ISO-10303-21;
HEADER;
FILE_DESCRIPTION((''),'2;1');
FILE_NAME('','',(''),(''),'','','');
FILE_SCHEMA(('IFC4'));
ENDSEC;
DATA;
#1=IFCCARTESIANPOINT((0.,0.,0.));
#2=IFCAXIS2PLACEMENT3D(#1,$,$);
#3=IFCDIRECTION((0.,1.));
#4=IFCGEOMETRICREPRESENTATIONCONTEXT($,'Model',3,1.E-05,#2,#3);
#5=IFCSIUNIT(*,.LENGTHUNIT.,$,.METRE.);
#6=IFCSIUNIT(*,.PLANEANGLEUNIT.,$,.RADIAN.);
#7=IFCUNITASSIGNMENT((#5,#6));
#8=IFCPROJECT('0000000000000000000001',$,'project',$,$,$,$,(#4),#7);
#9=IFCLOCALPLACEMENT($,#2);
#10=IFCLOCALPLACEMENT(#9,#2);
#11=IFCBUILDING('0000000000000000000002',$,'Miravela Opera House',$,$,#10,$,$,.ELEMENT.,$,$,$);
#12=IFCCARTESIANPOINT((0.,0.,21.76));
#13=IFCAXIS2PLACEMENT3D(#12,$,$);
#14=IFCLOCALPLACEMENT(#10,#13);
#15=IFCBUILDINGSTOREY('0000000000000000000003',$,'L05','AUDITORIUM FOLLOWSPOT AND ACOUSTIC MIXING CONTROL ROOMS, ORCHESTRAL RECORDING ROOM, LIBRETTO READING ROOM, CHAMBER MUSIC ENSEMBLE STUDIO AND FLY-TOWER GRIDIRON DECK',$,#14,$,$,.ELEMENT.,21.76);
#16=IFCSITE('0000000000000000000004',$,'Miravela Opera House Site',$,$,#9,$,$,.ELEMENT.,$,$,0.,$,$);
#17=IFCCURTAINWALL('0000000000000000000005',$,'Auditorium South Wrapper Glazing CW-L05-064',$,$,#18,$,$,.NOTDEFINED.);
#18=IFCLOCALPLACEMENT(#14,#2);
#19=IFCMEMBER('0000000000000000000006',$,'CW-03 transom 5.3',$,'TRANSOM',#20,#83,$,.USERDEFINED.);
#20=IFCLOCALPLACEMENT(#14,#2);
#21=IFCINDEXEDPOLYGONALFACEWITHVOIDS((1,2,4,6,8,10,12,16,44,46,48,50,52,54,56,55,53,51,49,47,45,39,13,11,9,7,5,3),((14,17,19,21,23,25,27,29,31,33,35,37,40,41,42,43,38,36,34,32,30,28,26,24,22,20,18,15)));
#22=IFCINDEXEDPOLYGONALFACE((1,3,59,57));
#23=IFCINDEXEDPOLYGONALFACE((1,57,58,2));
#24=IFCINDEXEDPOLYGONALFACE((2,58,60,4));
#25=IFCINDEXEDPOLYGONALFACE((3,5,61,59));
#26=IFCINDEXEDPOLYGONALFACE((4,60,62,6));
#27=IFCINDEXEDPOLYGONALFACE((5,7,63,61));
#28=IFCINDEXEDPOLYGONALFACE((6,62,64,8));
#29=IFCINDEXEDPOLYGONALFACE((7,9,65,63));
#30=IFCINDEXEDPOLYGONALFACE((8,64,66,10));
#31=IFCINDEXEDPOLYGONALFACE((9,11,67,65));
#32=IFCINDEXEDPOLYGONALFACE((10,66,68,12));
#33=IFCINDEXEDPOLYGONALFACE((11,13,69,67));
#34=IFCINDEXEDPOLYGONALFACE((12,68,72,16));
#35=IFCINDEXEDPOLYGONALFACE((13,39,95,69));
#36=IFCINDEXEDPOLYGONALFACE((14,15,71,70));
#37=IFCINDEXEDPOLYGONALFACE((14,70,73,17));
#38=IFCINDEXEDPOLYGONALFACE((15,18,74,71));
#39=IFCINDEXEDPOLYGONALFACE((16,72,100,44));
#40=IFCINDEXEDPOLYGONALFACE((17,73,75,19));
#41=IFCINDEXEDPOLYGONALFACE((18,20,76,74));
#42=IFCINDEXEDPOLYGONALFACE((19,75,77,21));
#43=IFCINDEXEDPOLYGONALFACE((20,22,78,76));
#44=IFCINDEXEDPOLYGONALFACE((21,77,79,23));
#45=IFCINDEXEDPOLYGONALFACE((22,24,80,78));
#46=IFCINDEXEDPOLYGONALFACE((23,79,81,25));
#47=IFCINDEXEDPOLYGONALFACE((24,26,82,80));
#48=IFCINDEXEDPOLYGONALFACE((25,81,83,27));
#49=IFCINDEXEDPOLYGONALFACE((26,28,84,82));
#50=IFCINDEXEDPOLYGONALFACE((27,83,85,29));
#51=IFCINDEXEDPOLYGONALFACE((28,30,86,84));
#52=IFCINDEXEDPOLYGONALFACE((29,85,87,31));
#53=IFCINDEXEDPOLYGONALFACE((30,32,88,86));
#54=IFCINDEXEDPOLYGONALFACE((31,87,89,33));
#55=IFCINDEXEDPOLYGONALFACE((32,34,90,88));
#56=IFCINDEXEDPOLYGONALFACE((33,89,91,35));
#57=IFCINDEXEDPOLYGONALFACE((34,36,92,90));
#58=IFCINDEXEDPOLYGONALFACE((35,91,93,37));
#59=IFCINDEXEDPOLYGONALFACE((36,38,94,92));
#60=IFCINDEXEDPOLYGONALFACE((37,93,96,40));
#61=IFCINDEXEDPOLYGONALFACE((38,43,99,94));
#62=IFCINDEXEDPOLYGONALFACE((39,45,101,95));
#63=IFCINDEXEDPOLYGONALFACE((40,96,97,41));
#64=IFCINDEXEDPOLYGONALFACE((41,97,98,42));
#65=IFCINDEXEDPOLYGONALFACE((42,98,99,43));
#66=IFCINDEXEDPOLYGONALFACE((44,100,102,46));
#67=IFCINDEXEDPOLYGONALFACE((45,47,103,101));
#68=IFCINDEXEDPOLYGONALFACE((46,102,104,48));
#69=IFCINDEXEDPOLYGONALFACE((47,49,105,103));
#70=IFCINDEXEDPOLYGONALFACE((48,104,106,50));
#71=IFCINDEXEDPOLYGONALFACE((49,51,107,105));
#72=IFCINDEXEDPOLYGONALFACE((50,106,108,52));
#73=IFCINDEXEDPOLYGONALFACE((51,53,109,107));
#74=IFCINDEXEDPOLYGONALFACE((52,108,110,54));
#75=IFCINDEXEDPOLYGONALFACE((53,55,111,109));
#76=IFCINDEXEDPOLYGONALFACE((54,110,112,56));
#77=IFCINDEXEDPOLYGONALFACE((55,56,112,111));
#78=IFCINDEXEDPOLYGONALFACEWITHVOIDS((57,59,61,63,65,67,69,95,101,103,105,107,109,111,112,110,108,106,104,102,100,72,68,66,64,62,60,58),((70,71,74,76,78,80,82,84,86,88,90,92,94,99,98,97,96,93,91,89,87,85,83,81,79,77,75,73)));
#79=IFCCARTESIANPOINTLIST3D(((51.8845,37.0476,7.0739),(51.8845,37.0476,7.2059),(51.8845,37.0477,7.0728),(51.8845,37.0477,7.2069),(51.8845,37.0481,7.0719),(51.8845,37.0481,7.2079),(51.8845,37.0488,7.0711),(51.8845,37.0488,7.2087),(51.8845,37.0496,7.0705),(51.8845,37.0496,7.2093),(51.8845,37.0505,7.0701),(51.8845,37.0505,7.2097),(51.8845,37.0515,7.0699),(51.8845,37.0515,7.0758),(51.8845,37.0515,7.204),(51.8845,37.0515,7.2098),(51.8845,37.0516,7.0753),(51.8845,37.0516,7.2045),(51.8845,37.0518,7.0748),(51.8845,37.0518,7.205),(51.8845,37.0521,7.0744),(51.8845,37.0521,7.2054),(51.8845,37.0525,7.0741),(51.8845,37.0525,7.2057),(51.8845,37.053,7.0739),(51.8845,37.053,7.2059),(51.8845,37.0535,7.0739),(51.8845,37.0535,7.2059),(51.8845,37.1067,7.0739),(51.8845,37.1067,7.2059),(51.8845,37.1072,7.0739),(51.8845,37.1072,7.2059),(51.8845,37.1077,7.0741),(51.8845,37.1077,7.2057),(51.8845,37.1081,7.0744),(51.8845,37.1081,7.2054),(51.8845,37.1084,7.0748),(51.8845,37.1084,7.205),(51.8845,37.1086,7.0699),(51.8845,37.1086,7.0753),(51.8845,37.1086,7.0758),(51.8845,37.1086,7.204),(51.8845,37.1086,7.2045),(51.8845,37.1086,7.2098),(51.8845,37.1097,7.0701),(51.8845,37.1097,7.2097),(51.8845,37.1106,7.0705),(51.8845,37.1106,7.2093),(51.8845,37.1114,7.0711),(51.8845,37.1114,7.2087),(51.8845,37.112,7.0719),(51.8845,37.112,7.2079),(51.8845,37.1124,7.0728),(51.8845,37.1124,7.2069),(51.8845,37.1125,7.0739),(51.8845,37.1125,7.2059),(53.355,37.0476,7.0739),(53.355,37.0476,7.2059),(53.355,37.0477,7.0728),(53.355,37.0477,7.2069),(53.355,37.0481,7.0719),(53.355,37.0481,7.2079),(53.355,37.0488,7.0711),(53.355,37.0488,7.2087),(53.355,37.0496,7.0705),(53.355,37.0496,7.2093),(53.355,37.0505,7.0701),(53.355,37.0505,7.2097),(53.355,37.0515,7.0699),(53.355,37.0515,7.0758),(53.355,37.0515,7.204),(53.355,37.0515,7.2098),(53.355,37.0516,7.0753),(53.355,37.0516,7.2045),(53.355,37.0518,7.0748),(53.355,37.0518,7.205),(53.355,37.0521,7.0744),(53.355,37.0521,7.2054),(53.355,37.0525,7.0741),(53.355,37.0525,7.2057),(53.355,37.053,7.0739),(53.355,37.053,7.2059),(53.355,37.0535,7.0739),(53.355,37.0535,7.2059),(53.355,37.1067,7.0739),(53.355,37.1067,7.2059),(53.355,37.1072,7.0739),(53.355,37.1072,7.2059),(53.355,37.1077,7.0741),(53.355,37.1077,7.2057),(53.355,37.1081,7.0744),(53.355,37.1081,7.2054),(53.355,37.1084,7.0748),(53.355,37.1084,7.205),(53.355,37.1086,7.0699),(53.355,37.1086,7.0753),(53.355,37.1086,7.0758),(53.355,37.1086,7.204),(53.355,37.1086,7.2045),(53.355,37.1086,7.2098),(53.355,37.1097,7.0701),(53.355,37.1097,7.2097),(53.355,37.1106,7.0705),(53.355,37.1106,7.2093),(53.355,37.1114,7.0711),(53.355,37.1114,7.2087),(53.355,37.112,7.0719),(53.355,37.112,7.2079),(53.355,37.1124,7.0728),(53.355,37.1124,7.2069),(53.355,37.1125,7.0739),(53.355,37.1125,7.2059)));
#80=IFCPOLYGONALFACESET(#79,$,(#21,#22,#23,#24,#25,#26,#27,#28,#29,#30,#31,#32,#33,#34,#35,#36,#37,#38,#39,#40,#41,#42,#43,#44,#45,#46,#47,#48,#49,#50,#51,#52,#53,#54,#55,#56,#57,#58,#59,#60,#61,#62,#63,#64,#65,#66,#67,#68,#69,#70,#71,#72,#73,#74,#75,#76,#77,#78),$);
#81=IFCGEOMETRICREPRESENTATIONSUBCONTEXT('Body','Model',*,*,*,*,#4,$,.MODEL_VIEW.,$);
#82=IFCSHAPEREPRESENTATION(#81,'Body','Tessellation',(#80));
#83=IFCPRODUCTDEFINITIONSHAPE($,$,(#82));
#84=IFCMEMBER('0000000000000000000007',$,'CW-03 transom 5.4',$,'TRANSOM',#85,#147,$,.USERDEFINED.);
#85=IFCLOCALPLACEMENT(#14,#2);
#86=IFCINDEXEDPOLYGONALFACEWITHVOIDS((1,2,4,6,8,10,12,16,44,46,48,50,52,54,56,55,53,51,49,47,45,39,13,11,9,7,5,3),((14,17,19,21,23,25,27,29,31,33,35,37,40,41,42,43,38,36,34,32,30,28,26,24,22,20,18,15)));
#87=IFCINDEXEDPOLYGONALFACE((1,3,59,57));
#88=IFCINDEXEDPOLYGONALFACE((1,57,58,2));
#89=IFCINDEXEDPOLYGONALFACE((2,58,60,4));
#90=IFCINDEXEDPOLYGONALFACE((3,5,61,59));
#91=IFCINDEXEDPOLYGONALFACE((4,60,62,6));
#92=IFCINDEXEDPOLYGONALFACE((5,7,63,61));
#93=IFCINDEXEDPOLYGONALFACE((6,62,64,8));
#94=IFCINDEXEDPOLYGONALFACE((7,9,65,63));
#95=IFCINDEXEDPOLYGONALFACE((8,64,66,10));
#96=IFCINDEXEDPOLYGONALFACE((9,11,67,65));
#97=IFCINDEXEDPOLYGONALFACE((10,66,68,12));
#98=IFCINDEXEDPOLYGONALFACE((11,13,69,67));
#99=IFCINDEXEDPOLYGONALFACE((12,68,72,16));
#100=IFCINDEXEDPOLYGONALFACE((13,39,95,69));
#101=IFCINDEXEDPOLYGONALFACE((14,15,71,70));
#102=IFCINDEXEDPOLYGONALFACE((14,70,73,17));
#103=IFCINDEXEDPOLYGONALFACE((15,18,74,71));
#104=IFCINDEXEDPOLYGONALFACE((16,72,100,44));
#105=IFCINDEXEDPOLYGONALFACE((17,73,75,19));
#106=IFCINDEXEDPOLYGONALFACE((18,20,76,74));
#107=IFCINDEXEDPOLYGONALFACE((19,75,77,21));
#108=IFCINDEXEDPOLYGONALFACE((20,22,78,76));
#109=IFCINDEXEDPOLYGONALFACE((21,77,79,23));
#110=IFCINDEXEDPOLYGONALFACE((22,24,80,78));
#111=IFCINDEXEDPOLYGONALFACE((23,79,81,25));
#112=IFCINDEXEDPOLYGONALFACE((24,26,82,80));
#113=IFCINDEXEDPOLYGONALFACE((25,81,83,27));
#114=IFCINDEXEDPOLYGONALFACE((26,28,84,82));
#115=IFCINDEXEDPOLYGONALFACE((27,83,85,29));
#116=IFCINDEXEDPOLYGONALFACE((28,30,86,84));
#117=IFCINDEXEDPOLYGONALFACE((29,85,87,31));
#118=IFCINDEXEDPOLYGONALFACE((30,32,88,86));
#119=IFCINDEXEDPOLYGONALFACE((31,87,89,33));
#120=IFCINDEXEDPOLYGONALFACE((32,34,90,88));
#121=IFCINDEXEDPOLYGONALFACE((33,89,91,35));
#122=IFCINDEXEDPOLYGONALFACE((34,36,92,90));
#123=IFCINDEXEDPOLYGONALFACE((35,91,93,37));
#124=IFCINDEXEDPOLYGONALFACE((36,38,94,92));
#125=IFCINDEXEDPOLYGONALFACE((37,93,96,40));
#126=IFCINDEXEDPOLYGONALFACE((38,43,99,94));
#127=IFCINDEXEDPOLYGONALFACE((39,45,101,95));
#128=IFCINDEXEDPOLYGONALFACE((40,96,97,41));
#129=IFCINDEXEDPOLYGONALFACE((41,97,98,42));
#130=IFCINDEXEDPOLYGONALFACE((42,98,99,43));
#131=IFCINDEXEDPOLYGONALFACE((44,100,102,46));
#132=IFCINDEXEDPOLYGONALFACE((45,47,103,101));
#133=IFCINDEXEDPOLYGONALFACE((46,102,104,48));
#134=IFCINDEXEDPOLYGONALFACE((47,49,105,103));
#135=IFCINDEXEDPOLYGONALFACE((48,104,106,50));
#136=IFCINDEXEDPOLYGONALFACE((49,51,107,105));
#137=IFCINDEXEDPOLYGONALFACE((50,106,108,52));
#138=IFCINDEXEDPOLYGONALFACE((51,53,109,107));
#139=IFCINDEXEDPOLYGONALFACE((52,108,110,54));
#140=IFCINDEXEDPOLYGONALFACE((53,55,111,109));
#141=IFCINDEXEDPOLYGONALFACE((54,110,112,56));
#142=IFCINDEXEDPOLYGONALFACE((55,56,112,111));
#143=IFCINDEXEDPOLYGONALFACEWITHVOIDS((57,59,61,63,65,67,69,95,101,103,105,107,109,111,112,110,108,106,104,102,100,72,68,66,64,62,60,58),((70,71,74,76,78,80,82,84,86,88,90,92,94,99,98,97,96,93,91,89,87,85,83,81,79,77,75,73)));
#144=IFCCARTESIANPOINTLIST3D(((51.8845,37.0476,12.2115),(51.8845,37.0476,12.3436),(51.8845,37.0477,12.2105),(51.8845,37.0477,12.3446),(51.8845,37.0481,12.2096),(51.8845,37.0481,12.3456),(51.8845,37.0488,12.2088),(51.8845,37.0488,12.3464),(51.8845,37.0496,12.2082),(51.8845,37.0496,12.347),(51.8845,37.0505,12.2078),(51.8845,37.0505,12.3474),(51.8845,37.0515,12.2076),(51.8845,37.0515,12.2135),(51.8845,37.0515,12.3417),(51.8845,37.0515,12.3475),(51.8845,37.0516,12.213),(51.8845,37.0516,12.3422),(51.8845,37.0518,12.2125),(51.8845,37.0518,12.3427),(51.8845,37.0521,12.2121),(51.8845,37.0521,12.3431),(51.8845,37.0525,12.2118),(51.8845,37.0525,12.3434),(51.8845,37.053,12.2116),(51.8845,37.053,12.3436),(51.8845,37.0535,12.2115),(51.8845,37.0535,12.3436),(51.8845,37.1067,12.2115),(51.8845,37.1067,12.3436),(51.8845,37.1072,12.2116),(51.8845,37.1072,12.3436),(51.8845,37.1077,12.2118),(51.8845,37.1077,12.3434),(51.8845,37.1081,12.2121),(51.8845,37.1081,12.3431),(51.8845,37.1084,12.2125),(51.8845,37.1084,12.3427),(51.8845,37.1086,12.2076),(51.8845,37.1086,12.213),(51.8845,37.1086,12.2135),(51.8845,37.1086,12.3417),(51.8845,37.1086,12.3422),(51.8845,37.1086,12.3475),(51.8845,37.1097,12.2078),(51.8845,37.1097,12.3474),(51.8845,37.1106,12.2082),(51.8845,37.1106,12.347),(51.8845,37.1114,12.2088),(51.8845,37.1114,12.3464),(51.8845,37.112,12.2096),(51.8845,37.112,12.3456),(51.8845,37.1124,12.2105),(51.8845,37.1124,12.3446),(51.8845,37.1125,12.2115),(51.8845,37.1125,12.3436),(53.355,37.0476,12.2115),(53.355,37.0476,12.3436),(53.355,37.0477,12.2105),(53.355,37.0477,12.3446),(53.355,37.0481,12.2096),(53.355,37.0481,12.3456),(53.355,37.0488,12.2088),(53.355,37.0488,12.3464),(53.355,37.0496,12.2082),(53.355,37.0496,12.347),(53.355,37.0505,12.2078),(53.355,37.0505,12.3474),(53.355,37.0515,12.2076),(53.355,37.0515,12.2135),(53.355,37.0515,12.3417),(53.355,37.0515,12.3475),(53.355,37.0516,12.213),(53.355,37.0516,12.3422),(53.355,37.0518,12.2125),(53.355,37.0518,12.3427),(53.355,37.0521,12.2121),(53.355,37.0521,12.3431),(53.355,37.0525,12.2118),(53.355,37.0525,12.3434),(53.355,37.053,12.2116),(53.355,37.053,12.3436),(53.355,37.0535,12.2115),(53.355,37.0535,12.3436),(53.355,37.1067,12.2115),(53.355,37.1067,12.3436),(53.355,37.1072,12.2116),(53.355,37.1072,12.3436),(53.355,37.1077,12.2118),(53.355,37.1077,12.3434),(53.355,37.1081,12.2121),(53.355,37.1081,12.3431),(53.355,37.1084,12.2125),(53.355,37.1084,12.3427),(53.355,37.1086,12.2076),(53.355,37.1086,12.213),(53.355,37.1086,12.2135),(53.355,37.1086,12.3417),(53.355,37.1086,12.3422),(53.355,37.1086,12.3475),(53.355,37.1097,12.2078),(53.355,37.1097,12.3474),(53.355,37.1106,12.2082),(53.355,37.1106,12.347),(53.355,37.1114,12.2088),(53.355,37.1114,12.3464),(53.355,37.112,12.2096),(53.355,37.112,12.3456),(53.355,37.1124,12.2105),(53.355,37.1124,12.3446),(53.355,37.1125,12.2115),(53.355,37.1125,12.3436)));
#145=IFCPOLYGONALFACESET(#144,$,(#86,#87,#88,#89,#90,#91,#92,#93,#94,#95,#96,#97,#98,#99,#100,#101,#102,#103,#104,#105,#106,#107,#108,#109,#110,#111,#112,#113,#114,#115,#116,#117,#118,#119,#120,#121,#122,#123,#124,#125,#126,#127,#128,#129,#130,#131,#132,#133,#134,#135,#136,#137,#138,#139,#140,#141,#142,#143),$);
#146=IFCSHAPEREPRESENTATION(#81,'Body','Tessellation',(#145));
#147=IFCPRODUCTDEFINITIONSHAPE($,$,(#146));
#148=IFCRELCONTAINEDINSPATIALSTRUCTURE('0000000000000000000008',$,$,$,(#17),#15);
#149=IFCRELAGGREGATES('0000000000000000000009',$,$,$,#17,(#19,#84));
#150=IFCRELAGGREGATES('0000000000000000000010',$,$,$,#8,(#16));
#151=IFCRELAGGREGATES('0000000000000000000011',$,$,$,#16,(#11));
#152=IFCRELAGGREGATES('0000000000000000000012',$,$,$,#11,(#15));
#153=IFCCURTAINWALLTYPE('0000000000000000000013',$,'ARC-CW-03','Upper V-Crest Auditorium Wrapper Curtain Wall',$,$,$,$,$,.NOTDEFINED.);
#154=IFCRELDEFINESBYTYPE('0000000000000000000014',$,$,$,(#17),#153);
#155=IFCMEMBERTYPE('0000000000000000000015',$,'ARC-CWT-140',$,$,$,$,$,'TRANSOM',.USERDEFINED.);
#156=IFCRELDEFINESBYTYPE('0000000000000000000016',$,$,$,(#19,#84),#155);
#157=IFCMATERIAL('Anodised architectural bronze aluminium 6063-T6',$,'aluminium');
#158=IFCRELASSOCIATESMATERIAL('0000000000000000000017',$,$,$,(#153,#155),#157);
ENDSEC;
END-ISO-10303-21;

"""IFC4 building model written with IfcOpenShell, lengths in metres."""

from ifc_helpers import new_model, si_unit, direction, frame, origin, origin_2d, place, context, subcontext, project, spatial, hollow_rectangle, extrude, material, material_profile, profile_set, type_object, element, aggregate, save


model = new_model("IFC4")

# Units and contexts
model_context = context("Model", 3, precision=1e-05, world=origin(), true_north=direction((0.0, 1.0)))
body_context = subcontext(model_context, "Body", "Model", "MODEL_VIEW")
ifc_project = project(units=[si_unit("LENGTHUNIT", "METRE"), si_unit("PLANEANGLEUNIT", "RADIAN")], contexts=[model_context])

# Site, building, storey
site_placement = place(None, origin())
site = spatial("IfcSite", under=ifc_project, at=site_placement, Name="Miravela Opera House Site", CompositionType="ELEMENT", RefElevation=0.0)
building_placement = place(site_placement, origin())
building = spatial("IfcBuilding", under=site, at=building_placement, Name="Miravela Opera House", CompositionType="ELEMENT")
storey_placement = place(building_placement, frame((0.0, 0.0, 21.76)))
storey = spatial("IfcBuildingStorey", under=building, at=storey_placement, Name="L05", Description="AUDITORIUM FOLLOWSPOT AND ACOUSTIC MIXING CONTROL ROOMS, ORCHESTRAL RECORDING ROOM, LIBRETTO READING ROOM, CHAMBER MUSIC ENSEMBLE STUDIO AND FLY-TOWER GRIDIRON DECK", CompositionType="ELEMENT", Elevation=21.76)

# Curtain wall, members
ifc_material_1 = material(Name="Anodised architectural bronze aluminium 6063-T6", Category="aluminium")
curtain_wall_type = type_object("IfcCurtainWallType", Name="ARC-CW-03", Description="Upper V-Crest Auditorium Wrapper Curtain Wall", PredefinedType="NOTDEFINED", material=ifc_material_1)
curtain_wall_1_placement = place(storey_placement, origin())
curtain_wall_1 = element("IfcCurtainWall", 1, at=curtain_wall_1_placement, inside=storey, type_object=curtain_wall_type, Name="Auditorium South Wrapper Glazing CW-L05-064", PredefinedType="NOTDEFINED")
ifc_material_profile_1 = material_profile(ifc_material_1, hollow_rectangle(XDim=0.0649, YDim=0.1399, WallThickness=0.0039, InnerFilletRadius=0.002, OuterFilletRadius=0.0039, at=origin_2d()), Name="CWT-65X140")
ifc_profile_set_1 = profile_set([ifc_material_profile_1])
member_type_1 = type_object("IfcMemberType", Name="ARC-CWT-140", ElementType="TRANSOM", PredefinedType="USERDEFINED", material=ifc_profile_set_1)
member_1_placement = place(storey_placement, frame((51.8845, 37.0801, 7.1399), z_axis=(1.0, 0.0, 0.0), x_axis=(0.0, 1.0, 0.0)))
member_1 = element("IfcMember", 2, at=member_1_placement, type_object=member_type_1, Name="CW-03 transom 5.3", ObjectType="TRANSOM", PredefinedType="USERDEFINED", context=body_context, shape_type="SweptSolid", body=[
    extrude(hollow_rectangle(XDim=0.0649, YDim=0.1399, WallThickness=0.0039, InnerFilletRadius=0.002, OuterFilletRadius=0.0039, at=origin_2d()), origin(), (0.0, 0.0, 1.0), 1.4705),
])
member_2_placement = place(storey_placement, frame((51.8845, 37.0801, 12.2776), z_axis=(1.0, 0.0, 0.0), x_axis=(0.0, 1.0, 0.0)))
member_2 = element("IfcMember", 3, at=member_2_placement, type_object=member_type_1, Name="CW-03 transom 5.4", ObjectType="TRANSOM", PredefinedType="USERDEFINED", context=body_context, shape_type="SweptSolid", body=[
    extrude(hollow_rectangle(XDim=0.0649, YDim=0.1399, WallThickness=0.0039, InnerFilletRadius=0.002, OuterFilletRadius=0.0039, at=origin_2d()), origin(), (0.0, 0.0, 1.0), 1.4705),
])

aggregate(curtain_wall_1, [member_1, member_2])

save(model, "model.ifc")
